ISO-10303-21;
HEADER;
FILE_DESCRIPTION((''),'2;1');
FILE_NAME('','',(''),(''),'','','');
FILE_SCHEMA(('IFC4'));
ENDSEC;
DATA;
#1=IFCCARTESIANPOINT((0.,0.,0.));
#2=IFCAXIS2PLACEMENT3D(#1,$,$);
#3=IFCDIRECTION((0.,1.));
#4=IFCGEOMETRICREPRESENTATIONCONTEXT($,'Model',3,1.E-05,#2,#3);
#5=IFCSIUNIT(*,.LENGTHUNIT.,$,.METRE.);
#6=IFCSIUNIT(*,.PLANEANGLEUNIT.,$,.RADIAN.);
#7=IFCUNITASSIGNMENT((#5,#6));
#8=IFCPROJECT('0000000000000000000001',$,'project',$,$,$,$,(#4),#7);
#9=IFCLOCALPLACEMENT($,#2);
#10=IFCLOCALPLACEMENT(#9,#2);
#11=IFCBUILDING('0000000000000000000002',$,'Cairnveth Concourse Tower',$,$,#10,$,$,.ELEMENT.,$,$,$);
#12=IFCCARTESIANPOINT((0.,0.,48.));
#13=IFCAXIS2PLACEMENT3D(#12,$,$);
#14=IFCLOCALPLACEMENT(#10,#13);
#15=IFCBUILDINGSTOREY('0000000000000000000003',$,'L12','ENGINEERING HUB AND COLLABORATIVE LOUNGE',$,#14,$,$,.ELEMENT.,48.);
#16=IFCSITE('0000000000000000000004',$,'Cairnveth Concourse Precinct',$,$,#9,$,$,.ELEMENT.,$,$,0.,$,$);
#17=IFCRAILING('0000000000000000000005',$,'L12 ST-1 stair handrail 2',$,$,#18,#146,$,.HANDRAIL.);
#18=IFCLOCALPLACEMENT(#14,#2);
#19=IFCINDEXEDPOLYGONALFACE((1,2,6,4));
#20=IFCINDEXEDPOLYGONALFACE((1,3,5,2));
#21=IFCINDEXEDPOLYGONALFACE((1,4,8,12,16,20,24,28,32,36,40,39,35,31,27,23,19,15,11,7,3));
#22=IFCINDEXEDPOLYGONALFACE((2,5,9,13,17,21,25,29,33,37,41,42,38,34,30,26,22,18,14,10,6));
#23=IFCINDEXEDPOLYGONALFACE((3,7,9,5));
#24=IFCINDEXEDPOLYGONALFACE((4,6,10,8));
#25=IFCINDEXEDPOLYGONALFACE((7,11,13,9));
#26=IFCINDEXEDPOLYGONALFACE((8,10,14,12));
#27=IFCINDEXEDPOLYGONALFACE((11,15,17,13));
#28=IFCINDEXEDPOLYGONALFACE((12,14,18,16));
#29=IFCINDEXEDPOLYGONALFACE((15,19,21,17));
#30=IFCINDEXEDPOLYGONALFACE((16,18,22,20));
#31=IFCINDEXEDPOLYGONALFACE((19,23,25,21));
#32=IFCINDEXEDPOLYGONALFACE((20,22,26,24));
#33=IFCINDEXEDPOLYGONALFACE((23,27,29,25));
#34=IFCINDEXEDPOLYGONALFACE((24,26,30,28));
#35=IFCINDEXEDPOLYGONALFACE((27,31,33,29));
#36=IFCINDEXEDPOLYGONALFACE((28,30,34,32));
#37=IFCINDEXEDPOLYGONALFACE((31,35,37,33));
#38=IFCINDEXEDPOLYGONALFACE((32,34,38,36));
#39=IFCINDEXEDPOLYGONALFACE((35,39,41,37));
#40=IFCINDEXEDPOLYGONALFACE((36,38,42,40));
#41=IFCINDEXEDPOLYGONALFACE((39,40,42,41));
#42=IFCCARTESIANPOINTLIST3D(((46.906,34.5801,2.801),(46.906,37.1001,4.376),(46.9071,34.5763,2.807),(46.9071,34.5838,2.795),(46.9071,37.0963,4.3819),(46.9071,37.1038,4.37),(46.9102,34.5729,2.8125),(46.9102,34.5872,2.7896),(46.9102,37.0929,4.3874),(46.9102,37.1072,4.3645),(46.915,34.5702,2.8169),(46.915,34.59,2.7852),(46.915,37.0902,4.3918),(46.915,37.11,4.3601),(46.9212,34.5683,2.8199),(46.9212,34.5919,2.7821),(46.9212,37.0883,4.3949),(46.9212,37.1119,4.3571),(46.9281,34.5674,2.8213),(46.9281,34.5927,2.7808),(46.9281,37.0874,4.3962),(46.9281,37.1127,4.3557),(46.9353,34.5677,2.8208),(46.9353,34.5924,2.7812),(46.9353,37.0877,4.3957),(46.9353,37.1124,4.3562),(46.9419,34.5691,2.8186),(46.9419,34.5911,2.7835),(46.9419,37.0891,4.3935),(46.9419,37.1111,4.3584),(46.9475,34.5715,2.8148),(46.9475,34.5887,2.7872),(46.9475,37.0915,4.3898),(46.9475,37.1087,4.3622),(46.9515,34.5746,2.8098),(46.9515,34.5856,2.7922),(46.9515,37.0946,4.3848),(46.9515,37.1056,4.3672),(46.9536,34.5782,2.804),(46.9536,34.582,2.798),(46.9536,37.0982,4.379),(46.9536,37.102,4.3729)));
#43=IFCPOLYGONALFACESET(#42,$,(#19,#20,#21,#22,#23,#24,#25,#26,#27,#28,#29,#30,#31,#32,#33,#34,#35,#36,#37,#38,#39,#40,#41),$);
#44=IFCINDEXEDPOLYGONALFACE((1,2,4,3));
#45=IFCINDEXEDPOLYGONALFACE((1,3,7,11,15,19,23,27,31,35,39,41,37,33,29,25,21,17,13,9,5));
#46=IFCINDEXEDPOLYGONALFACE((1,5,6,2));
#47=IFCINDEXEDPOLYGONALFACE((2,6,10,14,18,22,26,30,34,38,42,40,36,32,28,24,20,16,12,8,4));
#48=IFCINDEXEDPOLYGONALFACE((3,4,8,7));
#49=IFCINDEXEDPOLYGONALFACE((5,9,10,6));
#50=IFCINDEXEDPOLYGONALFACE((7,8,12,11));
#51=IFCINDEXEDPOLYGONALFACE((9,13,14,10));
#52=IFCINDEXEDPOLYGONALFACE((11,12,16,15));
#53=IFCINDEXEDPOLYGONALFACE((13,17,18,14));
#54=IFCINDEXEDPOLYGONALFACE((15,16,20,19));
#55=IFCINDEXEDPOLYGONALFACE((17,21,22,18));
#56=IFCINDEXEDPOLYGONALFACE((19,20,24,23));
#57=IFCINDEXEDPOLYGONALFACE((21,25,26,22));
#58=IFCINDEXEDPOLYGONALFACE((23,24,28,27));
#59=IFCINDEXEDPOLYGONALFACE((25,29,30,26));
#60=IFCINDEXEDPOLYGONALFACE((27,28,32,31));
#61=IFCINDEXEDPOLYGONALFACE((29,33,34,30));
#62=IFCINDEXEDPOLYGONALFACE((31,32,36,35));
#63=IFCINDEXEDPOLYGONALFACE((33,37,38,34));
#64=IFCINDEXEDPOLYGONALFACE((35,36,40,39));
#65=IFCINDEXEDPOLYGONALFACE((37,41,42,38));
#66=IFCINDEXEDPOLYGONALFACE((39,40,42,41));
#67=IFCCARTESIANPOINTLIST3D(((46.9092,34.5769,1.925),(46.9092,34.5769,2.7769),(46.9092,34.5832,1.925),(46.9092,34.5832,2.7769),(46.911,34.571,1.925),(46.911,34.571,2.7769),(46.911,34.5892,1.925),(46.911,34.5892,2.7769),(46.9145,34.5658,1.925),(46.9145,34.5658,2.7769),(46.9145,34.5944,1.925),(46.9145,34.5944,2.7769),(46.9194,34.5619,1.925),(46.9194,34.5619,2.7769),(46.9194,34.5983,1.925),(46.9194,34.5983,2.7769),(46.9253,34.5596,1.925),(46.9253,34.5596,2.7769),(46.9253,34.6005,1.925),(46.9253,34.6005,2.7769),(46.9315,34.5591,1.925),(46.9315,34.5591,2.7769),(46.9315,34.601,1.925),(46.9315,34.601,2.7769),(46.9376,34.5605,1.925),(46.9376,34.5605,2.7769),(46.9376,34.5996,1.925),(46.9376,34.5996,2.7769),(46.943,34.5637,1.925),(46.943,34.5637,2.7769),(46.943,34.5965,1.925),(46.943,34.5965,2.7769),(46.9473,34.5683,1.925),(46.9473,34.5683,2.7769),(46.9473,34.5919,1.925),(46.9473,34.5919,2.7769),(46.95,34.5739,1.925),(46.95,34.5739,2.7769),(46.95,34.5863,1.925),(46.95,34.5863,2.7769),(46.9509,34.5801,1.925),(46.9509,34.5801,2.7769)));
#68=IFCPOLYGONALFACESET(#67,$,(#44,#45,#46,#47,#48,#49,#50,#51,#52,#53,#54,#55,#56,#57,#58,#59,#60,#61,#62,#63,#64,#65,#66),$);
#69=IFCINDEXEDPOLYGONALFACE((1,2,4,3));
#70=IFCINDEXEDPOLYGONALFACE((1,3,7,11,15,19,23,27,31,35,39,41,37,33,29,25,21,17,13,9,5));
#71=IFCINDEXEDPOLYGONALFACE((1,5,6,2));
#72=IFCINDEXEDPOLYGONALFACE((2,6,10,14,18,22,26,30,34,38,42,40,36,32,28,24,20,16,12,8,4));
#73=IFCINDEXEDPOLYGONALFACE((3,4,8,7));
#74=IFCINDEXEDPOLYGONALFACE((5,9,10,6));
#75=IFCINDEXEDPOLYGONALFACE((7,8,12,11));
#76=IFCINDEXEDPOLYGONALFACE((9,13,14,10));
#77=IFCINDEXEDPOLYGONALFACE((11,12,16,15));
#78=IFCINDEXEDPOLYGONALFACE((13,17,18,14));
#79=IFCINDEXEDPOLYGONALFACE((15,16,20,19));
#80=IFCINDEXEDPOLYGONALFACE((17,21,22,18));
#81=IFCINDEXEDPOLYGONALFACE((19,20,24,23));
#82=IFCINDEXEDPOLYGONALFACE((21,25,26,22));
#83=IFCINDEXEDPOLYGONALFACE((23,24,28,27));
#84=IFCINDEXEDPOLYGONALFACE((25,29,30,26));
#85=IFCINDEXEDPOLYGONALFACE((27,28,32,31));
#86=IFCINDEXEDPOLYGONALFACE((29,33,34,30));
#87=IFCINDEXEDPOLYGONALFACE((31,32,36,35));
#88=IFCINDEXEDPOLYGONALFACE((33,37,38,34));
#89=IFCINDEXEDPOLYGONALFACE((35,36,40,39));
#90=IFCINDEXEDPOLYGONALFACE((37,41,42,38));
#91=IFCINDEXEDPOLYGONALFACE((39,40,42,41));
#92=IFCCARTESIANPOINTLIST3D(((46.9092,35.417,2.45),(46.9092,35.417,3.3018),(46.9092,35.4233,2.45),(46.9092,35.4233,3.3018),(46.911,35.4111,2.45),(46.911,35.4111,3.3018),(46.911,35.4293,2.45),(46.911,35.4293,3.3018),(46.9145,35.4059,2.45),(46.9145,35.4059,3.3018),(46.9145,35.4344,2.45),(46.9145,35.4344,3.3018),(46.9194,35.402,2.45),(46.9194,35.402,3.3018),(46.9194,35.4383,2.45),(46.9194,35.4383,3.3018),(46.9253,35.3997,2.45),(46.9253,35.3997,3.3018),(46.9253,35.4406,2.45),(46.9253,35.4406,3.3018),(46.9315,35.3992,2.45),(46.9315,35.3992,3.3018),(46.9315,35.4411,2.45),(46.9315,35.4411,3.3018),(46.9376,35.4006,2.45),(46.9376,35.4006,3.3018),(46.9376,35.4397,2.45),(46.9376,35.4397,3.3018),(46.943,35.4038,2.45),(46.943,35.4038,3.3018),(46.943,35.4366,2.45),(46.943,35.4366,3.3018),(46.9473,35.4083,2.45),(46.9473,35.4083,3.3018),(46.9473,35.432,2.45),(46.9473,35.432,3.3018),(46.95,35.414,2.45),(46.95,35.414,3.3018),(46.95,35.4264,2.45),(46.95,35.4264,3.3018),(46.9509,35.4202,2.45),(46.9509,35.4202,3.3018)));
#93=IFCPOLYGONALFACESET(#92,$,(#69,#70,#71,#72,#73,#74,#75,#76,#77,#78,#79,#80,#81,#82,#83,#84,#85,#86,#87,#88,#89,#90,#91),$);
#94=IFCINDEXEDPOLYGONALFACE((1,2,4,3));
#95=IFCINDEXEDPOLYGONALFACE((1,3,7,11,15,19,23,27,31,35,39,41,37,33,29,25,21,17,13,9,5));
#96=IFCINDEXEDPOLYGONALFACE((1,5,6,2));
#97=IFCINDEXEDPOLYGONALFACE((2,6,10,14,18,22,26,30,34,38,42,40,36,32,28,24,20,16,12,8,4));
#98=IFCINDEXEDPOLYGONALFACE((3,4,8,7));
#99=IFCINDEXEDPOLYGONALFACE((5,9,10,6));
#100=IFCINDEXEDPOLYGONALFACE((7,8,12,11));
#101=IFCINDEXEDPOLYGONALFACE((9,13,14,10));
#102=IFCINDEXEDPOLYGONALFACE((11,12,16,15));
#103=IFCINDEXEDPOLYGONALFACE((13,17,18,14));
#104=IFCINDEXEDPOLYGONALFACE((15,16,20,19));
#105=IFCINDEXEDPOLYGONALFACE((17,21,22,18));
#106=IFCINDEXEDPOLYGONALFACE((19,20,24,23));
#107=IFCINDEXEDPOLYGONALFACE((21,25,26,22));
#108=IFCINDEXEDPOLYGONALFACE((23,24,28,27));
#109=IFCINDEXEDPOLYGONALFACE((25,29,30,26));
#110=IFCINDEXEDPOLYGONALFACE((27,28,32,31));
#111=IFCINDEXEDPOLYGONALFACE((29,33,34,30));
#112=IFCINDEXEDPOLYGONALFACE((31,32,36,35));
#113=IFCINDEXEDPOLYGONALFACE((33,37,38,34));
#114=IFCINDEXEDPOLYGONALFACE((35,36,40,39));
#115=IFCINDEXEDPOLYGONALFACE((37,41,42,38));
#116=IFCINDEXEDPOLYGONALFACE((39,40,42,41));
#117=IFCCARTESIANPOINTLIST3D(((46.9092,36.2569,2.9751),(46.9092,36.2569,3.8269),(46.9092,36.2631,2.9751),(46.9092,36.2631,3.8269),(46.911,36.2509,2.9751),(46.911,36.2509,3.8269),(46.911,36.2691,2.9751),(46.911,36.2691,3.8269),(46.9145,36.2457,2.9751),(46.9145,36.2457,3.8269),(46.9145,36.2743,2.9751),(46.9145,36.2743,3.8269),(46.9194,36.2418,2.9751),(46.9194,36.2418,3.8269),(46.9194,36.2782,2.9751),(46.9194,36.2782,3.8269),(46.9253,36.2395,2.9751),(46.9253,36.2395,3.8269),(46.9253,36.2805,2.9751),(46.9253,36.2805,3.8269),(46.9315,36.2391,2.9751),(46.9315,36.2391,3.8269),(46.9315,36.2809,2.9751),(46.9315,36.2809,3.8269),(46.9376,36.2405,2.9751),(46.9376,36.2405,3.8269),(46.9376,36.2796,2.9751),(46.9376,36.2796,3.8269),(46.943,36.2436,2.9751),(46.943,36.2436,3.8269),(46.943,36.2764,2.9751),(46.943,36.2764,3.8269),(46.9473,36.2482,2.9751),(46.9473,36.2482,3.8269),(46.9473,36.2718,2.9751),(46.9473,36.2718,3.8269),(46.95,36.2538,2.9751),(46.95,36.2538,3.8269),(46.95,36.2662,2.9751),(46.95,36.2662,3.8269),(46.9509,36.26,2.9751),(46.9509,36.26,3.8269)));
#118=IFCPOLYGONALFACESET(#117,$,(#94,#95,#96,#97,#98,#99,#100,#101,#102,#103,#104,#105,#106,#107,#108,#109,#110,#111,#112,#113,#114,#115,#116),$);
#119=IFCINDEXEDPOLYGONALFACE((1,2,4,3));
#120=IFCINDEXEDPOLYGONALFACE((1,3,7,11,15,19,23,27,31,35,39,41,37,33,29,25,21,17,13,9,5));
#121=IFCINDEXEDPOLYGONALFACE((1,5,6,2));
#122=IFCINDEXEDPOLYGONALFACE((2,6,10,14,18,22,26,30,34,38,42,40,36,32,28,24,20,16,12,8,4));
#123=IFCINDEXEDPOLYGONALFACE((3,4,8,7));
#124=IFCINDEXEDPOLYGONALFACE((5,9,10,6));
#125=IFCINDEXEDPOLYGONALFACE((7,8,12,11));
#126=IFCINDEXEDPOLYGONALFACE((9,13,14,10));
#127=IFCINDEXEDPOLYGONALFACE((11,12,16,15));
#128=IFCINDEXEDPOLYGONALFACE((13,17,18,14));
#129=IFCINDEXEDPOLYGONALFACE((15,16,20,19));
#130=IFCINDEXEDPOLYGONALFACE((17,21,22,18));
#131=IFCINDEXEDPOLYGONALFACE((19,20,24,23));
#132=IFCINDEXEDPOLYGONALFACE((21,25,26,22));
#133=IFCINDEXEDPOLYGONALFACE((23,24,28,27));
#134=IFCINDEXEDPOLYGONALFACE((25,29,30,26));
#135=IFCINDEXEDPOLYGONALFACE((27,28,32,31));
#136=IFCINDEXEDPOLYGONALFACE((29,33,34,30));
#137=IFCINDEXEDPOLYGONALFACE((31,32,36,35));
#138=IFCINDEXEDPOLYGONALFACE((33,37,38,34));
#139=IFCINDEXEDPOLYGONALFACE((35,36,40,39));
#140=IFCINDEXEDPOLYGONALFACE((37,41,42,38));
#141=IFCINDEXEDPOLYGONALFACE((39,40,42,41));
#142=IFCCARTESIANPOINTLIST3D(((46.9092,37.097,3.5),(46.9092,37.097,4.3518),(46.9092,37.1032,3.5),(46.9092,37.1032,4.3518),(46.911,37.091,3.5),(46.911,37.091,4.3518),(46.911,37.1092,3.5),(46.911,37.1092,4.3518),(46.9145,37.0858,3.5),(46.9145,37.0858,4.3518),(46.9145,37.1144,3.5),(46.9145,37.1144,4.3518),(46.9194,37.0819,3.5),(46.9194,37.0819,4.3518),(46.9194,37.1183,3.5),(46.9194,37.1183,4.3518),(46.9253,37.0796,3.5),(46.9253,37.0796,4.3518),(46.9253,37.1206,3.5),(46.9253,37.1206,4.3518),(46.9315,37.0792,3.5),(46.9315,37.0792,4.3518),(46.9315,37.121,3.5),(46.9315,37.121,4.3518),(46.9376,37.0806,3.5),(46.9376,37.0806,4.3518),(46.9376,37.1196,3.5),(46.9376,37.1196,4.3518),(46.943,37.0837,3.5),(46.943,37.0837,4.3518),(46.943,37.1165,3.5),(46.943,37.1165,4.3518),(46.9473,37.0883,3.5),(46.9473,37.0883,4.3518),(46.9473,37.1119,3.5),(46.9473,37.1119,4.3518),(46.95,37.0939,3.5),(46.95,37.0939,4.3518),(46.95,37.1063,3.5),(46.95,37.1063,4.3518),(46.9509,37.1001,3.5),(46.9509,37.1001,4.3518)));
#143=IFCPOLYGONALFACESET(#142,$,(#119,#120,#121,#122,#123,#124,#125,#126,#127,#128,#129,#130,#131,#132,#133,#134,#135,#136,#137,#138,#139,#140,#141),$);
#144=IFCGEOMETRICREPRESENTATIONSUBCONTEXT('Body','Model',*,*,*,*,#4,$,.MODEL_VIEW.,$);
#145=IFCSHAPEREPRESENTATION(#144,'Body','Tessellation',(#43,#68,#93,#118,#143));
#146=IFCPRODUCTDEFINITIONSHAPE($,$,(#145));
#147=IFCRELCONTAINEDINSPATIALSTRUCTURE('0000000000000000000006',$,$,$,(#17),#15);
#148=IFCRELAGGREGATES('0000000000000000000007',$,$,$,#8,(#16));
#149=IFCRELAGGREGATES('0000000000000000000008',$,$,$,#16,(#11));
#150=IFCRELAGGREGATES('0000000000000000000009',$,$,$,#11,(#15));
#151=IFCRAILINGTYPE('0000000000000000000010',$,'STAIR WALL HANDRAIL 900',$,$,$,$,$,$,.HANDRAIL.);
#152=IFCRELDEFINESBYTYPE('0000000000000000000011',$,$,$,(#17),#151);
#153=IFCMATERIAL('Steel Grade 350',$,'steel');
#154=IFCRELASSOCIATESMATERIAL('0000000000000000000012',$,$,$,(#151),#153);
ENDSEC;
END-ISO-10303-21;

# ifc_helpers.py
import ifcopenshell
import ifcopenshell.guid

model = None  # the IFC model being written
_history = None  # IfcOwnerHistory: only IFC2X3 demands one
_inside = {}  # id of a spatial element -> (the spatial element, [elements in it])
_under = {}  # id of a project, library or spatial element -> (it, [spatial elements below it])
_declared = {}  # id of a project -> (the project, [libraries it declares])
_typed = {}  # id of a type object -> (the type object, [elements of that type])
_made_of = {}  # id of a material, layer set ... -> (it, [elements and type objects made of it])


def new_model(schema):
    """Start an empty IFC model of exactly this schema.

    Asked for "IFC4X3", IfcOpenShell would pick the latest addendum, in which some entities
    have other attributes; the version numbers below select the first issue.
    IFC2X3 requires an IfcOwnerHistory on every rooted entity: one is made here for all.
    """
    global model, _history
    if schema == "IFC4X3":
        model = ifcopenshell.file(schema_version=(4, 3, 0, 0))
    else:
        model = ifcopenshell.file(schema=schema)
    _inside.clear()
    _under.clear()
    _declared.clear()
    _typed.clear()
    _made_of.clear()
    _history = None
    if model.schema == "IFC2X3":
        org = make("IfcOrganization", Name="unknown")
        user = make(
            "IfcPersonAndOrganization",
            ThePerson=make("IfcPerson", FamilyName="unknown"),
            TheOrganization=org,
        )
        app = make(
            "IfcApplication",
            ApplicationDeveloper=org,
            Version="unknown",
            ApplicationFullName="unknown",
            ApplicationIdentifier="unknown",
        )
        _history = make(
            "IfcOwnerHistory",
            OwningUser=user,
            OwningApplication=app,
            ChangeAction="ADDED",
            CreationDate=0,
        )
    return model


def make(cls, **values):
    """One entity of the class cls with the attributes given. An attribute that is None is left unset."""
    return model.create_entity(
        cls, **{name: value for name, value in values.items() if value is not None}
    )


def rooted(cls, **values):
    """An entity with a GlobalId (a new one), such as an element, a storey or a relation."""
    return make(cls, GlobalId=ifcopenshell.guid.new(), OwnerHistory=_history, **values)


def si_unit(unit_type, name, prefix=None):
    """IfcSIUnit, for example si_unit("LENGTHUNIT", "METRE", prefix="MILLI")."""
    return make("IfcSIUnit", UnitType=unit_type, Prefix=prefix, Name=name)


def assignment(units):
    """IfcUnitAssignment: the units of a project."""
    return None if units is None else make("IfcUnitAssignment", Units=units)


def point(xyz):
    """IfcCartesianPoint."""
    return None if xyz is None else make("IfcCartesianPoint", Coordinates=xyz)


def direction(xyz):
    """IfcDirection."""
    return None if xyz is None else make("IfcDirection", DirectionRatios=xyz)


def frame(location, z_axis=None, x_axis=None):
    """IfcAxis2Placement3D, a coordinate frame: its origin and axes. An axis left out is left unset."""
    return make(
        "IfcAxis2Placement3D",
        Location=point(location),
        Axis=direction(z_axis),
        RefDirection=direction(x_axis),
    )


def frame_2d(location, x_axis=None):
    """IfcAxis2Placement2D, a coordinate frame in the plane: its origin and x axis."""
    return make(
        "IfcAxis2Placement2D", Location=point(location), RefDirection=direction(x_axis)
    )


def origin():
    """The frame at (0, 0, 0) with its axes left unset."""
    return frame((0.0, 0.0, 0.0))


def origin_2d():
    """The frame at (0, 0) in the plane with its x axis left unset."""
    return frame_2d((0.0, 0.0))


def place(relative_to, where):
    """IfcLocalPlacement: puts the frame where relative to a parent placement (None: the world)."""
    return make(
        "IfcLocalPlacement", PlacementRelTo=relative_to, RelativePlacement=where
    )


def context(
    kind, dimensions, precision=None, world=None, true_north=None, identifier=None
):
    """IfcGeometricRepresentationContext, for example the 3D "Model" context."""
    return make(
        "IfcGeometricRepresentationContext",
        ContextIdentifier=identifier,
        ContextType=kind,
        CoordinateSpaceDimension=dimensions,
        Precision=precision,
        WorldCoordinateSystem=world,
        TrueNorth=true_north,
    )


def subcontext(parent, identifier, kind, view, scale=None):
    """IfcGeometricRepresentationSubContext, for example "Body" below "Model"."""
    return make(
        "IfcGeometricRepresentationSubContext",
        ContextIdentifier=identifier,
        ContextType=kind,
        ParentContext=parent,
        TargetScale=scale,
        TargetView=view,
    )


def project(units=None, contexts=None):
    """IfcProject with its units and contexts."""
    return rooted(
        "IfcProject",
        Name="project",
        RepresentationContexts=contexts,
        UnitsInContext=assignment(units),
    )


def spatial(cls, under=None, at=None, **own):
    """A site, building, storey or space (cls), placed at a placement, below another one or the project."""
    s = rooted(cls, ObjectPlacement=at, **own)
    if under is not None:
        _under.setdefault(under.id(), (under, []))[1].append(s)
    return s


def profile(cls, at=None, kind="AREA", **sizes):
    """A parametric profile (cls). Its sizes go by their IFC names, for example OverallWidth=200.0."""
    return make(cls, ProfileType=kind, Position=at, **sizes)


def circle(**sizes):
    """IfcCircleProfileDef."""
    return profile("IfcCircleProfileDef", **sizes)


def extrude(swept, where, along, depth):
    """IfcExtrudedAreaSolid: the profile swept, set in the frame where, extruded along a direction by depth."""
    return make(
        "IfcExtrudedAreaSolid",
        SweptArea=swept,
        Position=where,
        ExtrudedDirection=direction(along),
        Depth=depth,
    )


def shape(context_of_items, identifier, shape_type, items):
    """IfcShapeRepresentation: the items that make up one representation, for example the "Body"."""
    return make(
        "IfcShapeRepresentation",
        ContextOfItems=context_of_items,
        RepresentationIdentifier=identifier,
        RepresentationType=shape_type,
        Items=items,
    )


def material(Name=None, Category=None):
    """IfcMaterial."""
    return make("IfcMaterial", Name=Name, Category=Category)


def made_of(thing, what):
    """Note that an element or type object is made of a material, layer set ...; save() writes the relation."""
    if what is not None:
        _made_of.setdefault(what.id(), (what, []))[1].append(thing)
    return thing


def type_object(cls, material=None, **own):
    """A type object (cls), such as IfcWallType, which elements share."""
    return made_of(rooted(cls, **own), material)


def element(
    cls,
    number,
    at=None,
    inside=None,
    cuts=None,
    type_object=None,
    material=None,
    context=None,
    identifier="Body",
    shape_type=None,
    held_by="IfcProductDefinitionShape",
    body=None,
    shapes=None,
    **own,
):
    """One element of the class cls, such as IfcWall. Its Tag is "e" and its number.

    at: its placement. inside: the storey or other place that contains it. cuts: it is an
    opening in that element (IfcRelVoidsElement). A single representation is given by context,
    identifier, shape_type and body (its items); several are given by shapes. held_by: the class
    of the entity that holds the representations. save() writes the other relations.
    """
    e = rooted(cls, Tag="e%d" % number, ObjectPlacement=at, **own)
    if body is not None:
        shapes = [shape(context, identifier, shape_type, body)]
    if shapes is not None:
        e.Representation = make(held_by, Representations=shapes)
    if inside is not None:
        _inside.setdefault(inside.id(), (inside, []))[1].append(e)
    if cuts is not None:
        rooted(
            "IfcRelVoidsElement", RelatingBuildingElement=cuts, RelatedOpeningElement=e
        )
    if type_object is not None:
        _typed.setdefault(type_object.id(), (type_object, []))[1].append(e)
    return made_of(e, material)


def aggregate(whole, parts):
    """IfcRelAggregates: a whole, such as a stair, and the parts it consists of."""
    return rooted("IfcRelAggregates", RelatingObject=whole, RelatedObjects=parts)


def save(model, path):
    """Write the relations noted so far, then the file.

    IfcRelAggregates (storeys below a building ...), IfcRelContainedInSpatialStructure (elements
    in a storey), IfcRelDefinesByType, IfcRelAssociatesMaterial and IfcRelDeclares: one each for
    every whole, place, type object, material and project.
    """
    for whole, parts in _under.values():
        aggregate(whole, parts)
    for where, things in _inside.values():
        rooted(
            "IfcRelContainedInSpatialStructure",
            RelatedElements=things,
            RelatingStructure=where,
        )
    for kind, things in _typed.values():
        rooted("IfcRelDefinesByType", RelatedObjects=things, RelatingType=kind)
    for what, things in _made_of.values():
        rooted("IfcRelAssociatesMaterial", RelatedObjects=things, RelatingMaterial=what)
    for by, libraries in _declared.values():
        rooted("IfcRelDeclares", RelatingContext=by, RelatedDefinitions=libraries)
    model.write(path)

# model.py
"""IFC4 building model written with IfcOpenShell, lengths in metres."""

from ifc_helpers import new_model, si_unit, direction, frame, origin, origin_2d, place, context, subcontext, project, spatial, circle, extrude, material, type_object, element, save


model = new_model("IFC4")

# Units and contexts
model_context = context("Model", 3, precision=1e-05, world=origin(), true_north=direction((0.0, 1.0)))
body_context = subcontext(model_context, "Body", "Model", "MODEL_VIEW")
ifc_project = project(units=[si_unit("LENGTHUNIT", "METRE"), si_unit("PLANEANGLEUNIT", "RADIAN")], contexts=[model_context])

# Site, building, storey
site_placement = place(None, origin())
site = spatial("IfcSite", under=ifc_project, at=site_placement, Name="Cairnveth Concourse Precinct", CompositionType="ELEMENT", RefElevation=0.0)
building_placement = place(site_placement, origin())
building = spatial("IfcBuilding", under=site, at=building_placement, Name="Cairnveth Concourse Tower", CompositionType="ELEMENT")
storey_placement = place(building_placement, frame((0.0, 0.0, 48.0)))
storey = spatial("IfcBuildingStorey", under=building, at=storey_placement, Name="L12", Description="ENGINEERING HUB AND COLLABORATIVE LOUNGE", CompositionType="ELEMENT", Elevation=48.0)

# Railing
ifc_material_1 = material(Name="Steel Grade 350", Category="steel")
railing_type_1 = type_object("IfcRailingType", Name="STAIR WALL HANDRAIL 900", PredefinedType="HANDRAIL", material=ifc_material_1)
railing_1_placement = place(storey_placement, frame((46.9299, 34.5801, 1.925)))
element("IfcRailing", 1, at=railing_1_placement, inside=storey, type_object=railing_type_1, Name="L12 ST-1 stair handrail 2", PredefinedType="HANDRAIL", context=body_context, shape_type="SweptSolid", body=[
    extrude(circle(Radius=0.0239, at=origin_2d()), frame((0.0, 0.0, 0.876), z_axis=(0.0, 0.848008, 0.529984), x_axis=(-1.0, 0.0, 0.0)), (0.0, 0.0, 1.0), 2.9717),
    extrude(circle(Radius=0.021, at=origin_2d()), origin(), (0.0, 0.0, 1.0), 0.8518),
    extrude(circle(Radius=0.021, at=origin_2d()), frame((0.0, 0.8401, 0.5249)), (0.0, 0.0, 1.0), 0.8518),
    extrude(circle(Radius=0.021, at=origin_2d()), frame((0.0, 1.6799, 1.05)), (0.0, 0.0, 1.0), 0.8518),
    extrude(circle(Radius=0.021, at=origin_2d()), frame((0.0, 2.52, 1.575)), (0.0, 0.0, 1.0), 0.8518),
])

save(model, "model.ifc")
